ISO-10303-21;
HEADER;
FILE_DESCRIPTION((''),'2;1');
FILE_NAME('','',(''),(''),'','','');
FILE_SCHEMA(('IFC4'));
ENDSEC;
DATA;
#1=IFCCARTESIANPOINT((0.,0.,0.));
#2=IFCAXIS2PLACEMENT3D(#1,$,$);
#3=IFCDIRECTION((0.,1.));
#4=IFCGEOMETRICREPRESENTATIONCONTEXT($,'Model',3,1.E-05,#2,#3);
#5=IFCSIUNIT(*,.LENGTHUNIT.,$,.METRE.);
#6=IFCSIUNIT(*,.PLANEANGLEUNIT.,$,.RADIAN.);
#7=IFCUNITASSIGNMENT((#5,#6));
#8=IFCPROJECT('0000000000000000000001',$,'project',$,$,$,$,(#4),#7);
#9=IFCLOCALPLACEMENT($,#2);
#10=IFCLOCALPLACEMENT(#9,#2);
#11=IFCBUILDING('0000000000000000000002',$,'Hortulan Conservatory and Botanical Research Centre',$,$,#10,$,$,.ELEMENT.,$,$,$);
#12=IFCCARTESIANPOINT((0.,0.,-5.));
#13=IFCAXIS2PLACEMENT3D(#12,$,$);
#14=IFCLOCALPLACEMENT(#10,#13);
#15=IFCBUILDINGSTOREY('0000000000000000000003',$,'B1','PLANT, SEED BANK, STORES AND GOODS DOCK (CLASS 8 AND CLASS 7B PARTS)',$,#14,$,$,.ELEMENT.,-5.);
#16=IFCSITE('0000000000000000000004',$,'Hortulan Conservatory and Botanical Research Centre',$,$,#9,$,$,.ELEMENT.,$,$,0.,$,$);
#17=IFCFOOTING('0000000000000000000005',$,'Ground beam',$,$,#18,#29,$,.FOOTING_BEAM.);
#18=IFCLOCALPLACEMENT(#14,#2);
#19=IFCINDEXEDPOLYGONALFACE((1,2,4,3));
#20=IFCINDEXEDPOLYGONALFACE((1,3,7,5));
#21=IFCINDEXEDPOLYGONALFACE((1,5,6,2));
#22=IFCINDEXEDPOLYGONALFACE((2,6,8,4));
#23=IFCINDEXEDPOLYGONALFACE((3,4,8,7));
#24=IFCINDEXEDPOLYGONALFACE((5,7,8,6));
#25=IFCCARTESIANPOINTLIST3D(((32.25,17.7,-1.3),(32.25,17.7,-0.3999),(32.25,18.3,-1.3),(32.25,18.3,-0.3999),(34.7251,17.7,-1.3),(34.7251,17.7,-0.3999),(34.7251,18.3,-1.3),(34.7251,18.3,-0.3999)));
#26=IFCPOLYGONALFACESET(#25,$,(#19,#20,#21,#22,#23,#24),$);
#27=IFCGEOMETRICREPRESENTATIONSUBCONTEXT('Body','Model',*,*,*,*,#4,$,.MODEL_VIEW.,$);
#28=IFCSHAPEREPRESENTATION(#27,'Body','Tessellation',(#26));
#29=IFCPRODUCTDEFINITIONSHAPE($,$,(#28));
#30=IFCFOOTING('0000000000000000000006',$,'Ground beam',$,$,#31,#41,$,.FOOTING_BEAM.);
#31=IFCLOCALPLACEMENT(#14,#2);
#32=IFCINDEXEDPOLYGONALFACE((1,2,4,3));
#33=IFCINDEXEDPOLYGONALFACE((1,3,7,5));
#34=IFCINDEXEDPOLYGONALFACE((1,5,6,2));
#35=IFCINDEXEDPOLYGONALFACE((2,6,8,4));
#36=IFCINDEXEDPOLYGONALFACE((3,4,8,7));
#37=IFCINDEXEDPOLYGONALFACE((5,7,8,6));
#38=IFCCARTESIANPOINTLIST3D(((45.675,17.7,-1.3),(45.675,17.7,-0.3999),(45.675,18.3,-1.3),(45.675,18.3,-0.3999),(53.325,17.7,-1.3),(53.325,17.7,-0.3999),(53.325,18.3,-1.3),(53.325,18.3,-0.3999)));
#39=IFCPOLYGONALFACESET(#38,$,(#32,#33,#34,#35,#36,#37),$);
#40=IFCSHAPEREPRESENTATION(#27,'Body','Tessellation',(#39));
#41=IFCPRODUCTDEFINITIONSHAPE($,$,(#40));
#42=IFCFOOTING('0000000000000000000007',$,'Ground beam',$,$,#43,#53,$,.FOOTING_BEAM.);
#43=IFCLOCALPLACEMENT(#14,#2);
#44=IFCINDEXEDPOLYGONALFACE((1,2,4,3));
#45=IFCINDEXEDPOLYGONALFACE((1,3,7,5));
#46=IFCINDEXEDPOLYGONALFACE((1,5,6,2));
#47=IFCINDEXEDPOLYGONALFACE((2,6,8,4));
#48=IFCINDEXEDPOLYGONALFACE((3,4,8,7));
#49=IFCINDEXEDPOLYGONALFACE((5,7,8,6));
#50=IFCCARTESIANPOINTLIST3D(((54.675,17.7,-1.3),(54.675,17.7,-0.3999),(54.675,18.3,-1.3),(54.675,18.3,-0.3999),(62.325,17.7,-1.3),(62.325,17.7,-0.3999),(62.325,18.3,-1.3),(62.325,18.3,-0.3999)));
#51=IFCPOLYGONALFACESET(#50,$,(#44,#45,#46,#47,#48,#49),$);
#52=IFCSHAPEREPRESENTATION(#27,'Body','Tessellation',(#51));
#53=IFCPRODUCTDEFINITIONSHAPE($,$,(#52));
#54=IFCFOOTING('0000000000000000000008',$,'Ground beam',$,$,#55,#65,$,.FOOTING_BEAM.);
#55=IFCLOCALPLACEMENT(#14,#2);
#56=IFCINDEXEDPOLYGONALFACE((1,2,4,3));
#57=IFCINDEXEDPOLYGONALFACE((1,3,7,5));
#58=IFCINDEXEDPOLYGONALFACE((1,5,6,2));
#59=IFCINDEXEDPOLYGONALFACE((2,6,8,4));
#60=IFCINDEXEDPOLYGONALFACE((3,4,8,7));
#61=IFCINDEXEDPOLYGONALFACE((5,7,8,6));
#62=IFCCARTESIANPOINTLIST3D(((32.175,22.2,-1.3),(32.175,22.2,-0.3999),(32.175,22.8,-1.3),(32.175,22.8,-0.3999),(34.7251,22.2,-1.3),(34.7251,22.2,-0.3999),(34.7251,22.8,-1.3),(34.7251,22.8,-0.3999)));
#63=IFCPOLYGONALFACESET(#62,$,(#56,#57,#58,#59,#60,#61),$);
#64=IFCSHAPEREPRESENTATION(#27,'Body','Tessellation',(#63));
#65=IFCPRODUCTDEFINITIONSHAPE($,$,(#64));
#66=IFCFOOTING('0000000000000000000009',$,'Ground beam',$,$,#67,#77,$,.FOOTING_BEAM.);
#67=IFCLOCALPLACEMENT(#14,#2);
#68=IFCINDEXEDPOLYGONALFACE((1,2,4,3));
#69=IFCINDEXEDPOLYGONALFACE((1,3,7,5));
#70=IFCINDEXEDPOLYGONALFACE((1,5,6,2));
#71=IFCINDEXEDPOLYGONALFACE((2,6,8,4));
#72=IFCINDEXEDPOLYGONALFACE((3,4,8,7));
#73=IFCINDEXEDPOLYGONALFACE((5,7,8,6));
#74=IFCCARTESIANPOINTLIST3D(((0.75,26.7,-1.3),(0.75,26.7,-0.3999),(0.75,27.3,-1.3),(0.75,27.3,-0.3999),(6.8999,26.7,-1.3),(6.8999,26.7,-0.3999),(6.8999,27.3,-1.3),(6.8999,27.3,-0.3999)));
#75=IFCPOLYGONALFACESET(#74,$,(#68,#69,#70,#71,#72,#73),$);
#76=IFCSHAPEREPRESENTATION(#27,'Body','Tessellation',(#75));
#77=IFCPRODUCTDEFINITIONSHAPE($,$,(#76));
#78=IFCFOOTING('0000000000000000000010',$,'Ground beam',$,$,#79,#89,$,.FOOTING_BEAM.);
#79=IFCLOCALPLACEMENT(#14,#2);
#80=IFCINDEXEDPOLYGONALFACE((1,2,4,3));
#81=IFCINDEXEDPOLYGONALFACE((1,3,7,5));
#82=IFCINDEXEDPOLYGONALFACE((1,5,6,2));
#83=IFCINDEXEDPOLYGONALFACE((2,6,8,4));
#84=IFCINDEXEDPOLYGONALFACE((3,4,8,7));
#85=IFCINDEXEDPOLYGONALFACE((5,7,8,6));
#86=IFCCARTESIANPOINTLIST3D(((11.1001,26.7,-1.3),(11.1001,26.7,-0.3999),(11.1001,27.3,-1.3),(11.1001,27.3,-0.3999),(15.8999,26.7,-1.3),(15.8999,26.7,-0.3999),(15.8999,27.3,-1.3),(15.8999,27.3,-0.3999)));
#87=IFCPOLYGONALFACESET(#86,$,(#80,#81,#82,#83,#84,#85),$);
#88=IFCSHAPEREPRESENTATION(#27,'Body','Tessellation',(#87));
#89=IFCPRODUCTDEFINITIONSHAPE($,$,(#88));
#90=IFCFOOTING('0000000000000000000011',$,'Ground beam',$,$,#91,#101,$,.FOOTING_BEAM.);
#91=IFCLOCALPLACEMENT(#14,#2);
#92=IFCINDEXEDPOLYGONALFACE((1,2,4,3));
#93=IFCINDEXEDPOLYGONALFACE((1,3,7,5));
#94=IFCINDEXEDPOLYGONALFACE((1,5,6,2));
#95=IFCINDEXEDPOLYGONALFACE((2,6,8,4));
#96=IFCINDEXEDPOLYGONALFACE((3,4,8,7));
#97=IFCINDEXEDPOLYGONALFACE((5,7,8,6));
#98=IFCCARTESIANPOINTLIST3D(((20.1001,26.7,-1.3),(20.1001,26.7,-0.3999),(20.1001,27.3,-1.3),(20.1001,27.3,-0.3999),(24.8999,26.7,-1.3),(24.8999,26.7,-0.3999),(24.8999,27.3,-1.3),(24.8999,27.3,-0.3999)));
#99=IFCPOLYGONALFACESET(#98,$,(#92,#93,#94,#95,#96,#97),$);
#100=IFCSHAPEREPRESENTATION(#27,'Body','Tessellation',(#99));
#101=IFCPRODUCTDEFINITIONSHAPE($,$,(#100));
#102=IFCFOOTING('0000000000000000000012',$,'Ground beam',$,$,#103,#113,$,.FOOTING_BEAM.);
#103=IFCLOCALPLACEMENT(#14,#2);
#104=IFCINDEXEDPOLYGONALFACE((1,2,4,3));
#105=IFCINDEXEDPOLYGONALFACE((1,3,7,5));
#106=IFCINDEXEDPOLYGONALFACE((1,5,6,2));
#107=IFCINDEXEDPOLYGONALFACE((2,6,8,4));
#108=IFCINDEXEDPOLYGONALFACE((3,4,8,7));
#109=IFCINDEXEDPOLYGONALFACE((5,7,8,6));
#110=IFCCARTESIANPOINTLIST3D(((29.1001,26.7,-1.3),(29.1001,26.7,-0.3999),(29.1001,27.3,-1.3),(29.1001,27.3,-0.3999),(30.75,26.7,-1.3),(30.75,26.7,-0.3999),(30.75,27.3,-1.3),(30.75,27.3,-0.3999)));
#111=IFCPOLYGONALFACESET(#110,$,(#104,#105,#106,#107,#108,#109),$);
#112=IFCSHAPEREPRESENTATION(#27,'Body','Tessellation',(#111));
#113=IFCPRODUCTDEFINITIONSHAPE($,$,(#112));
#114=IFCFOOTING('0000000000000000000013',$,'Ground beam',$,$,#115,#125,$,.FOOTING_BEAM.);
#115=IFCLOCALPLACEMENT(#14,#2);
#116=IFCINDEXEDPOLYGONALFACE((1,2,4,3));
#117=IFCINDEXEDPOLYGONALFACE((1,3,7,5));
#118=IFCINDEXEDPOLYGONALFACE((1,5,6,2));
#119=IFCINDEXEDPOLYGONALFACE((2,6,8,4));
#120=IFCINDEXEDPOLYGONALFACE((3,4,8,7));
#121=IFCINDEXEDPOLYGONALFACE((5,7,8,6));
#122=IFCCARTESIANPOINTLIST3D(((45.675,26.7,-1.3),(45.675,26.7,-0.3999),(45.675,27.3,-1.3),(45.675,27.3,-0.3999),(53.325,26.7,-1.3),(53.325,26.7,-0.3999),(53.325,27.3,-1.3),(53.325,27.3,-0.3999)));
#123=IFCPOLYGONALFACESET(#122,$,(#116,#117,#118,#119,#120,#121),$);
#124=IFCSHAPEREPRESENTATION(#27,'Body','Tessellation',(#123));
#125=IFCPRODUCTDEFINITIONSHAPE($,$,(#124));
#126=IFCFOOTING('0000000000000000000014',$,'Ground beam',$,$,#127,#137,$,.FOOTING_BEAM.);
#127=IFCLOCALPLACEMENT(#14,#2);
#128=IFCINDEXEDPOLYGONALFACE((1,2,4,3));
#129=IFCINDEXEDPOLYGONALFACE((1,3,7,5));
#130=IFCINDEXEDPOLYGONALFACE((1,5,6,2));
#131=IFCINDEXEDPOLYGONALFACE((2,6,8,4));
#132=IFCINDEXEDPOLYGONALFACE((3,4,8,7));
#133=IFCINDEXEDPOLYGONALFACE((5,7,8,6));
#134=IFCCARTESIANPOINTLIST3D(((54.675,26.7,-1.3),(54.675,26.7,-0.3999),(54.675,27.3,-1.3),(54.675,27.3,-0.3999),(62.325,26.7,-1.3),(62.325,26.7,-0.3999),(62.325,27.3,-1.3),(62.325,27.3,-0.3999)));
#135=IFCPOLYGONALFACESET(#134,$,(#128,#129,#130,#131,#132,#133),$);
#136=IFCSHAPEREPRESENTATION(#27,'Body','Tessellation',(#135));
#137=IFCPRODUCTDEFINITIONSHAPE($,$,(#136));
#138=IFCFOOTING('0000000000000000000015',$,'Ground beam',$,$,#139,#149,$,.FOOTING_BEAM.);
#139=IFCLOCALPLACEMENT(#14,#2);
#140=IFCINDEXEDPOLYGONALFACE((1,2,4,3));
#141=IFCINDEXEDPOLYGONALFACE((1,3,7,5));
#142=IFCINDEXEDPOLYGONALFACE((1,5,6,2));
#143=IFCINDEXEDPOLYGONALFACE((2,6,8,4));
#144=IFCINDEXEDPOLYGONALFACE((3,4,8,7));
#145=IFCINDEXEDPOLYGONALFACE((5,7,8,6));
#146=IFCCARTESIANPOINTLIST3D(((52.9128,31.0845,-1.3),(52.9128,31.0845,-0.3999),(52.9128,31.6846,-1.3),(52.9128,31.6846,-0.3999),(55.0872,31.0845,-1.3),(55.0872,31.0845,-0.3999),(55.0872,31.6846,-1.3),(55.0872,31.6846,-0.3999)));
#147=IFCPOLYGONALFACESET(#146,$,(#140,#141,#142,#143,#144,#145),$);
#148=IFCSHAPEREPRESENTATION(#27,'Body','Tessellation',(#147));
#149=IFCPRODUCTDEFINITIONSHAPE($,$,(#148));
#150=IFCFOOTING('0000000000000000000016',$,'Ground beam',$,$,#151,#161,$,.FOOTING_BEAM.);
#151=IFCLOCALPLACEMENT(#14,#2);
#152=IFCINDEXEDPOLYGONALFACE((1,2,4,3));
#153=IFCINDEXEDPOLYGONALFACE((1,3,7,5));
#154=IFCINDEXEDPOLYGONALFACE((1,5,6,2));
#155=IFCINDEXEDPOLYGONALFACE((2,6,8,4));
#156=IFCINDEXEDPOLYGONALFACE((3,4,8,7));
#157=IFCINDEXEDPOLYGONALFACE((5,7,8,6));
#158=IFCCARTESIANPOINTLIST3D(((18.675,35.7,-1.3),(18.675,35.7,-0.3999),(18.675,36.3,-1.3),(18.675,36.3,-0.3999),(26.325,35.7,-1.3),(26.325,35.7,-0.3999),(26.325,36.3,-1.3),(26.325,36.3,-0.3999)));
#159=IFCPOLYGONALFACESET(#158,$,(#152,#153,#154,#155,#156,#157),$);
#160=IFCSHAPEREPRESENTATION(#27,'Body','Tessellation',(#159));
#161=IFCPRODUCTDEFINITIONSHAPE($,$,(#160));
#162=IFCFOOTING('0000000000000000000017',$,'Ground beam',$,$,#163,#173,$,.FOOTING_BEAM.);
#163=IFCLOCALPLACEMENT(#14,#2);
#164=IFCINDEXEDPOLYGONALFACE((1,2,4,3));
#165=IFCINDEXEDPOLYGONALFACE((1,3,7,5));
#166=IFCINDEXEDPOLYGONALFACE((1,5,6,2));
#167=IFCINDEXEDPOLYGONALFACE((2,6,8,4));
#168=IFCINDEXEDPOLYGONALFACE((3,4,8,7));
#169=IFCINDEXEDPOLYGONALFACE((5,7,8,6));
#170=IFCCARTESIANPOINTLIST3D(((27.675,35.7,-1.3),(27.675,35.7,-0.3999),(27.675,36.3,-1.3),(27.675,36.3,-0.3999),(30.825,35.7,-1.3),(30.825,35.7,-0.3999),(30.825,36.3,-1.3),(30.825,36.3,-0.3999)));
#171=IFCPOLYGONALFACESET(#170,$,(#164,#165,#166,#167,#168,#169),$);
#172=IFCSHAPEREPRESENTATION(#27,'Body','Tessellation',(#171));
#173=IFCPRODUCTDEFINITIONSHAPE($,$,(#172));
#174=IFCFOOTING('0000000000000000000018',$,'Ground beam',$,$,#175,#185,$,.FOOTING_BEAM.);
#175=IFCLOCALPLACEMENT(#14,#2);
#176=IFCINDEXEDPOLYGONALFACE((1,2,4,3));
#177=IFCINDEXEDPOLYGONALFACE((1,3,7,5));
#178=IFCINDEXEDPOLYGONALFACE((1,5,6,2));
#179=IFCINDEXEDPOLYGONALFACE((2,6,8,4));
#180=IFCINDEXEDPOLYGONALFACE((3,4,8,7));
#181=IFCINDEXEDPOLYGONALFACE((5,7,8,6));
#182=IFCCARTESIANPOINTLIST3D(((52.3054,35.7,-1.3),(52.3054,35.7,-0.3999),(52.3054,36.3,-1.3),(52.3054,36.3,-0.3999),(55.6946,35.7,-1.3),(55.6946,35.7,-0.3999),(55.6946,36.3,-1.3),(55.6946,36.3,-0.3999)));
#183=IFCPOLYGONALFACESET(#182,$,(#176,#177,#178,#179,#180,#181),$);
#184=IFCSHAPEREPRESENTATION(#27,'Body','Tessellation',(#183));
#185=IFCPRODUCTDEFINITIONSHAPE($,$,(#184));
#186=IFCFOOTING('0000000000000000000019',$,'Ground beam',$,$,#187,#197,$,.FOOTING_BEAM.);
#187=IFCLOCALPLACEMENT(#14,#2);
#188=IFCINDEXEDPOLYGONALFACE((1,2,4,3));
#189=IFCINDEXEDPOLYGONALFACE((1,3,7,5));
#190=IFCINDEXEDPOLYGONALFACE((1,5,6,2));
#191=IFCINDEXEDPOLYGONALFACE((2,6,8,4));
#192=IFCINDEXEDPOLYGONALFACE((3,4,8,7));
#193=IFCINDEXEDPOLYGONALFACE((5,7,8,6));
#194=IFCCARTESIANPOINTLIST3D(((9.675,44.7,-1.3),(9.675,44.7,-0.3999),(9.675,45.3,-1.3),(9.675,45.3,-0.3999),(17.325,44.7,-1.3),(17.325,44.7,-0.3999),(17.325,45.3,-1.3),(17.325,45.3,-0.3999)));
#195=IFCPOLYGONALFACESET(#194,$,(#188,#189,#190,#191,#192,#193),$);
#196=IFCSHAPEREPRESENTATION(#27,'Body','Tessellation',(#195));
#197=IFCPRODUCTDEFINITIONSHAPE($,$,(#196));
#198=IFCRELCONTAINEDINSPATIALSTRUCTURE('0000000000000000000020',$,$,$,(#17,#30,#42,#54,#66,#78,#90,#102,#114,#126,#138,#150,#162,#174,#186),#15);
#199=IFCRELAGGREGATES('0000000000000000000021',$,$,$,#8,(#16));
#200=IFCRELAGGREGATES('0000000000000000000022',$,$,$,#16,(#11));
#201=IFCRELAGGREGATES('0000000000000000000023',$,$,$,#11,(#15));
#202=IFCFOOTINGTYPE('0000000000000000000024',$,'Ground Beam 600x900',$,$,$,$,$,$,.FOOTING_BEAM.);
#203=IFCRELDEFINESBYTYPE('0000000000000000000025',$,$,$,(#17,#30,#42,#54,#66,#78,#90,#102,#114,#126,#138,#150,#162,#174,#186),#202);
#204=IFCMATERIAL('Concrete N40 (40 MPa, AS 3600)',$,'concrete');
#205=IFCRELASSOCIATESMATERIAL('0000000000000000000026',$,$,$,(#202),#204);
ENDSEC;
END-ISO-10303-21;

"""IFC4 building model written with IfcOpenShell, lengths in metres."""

from ifc_helpers import new_model, si_unit, direction, frame, origin, place, context, subcontext, project, spatial, polyline, outline, extrude, material, type_object, element, save


model = new_model("IFC4")

# Units and contexts
model_context = context("Model", 3, precision=1e-05, world=origin(), true_north=direction((0.0, 1.0)))
body_context = subcontext(model_context, "Body", "Model", "MODEL_VIEW")
ifc_project = project(units=[si_unit("LENGTHUNIT", "METRE"), si_unit("PLANEANGLEUNIT", "RADIAN")], contexts=[model_context])

# Site, building, storey
site_placement = place(None, origin())
site = spatial("IfcSite", under=ifc_project, at=site_placement, Name="Hortulan Conservatory and Botanical Research Centre", CompositionType="ELEMENT", RefElevation=0.0)
building_placement = place(site_placement, origin())
building = spatial("IfcBuilding", under=site, at=building_placement, Name="Hortulan Conservatory and Botanical Research Centre", CompositionType="ELEMENT")
storey_placement = place(building_placement, frame((0.0, 0.0, -5.0)))
storey = spatial("IfcBuildingStorey", under=building, at=storey_placement, Name="B1", Description="PLANT, SEED BANK, STORES AND GOODS DOCK (CLASS 8 AND CLASS 7B PARTS)", CompositionType="ELEMENT", Elevation=-5.0)

# Footings
ifc_material_1 = material(Name="Concrete N40 (40 MPa, AS 3600)", Category="concrete")
footing_type = type_object("IfcFootingType", Name="Ground Beam 600x900", PredefinedType="FOOTING_BEAM", material=ifc_material_1)
footing_1_placement = place(storey_placement, frame((0.0, 0.0, -1.3)))
element("IfcFooting", 1, at=footing_1_placement, inside=storey, type_object=footing_type, Name="Ground beam", PredefinedType="FOOTING_BEAM", context=body_context, shape_type="SweptSolid", body=[
    extrude(outline(polyline([(34.7251, 17.7), (34.7251, 18.3), (32.25, 18.3), (32.25, 17.7), (34.7251, 17.7)])), origin(), (0.0, 0.0, 1.0), 0.9001),
])
footing_2_placement = place(storey_placement, frame((0.0, 0.0, -1.3)))
element("IfcFooting", 2, at=footing_2_placement, inside=storey, type_object=footing_type, Name="Ground beam", PredefinedType="FOOTING_BEAM", context=body_context, shape_type="SweptSolid", body=[
    extrude(outline(polyline([(53.325, 17.7), (53.325, 18.3), (45.675, 18.3), (45.675, 17.7), (53.325, 17.7)])), origin(), (0.0, 0.0, 1.0), 0.9001),
])
footing_3_placement = place(storey_placement, frame((0.0, 0.0, -1.3)))
element("IfcFooting", 3, at=footing_3_placement, inside=storey, type_object=footing_type, Name="Ground beam", PredefinedType="FOOTING_BEAM", context=body_context, shape_type="SweptSolid", body=[
    extrude(outline(polyline([(62.325, 17.7), (62.325, 18.3), (54.675, 18.3), (54.675, 17.7), (62.325, 17.7)])), origin(), (0.0, 0.0, 1.0), 0.9001),
])
footing_4_placement = place(storey_placement, frame((0.0, 0.0, -1.3)))
element("IfcFooting", 4, at=footing_4_placement, inside=storey, type_object=footing_type, Name="Ground beam", PredefinedType="FOOTING_BEAM", context=body_context, shape_type="SweptSolid", body=[
    extrude(outline(polyline([(34.7251, 22.2), (34.7251, 22.8), (32.175, 22.8), (32.175, 22.2), (34.7251, 22.2)])), origin(), (0.0, 0.0, 1.0), 0.9001),
])
footing_5_placement = place(storey_placement, frame((0.0, 0.0, -1.3)))
element("IfcFooting", 5, at=footing_5_placement, inside=storey, type_object=footing_type, Name="Ground beam", PredefinedType="FOOTING_BEAM", context=body_context, shape_type="SweptSolid", body=[
    extrude(outline(polyline([(6.8999, 26.7), (6.8999, 27.3), (0.75, 27.3), (0.75, 26.7), (6.8999, 26.7)])), origin(), (0.0, 0.0, 1.0), 0.9001),
])
footing_6_placement = place(storey_placement, frame((0.0, 0.0, -1.3)))
element("IfcFooting", 6, at=footing_6_placement, inside=storey, type_object=footing_type, Name="Ground beam", PredefinedType="FOOTING_BEAM", context=body_context, shape_type="SweptSolid", body=[
    extrude(outline(polyline([(15.8999, 26.7), (15.8999, 27.3), (11.1001, 27.3), (11.1001, 26.7), (15.8999, 26.7)])), origin(), (0.0, 0.0, 1.0), 0.9001),
])
footing_7_placement = place(storey_placement, frame((0.0, 0.0, -1.3)))
element("IfcFooting", 7, at=footing_7_placement, inside=storey, type_object=footing_type, Name="Ground beam", PredefinedType="FOOTING_BEAM", context=body_context, shape_type="SweptSolid", body=[
    extrude(outline(polyline([(24.8999, 26.7), (24.8999, 27.3), (20.1001, 27.3), (20.1001, 26.7), (24.8999, 26.7)])), origin(), (0.0, 0.0, 1.0), 0.9001),
])
footing_8_placement = place(storey_placement, frame((0.0, 0.0, -1.3)))
element("IfcFooting", 8, at=footing_8_placement, inside=storey, type_object=footing_type, Name="Ground beam", PredefinedType="FOOTING_BEAM", context=body_context, shape_type="SweptSolid", body=[
    extrude(outline(polyline([(30.75, 26.7), (30.75, 27.3), (29.1001, 27.3), (29.1001, 26.7), (30.75, 26.7)])), origin(), (0.0, 0.0, 1.0), 0.9001),
])
footing_9_placement = place(storey_placement, frame((0.0, 0.0, -1.3)))
element("IfcFooting", 9, at=footing_9_placement, inside=storey, type_object=footing_type, Name="Ground beam", PredefinedType="FOOTING_BEAM", context=body_context, shape_type="SweptSolid", body=[
    extrude(outline(polyline([(53.325, 26.7), (53.325, 27.3), (45.675, 27.3), (45.675, 26.7), (53.325, 26.7)])), origin(), (0.0, 0.0, 1.0), 0.9001),
])
footing_10_placement = place(storey_placement, frame((0.0, 0.0, -1.3)))
element("IfcFooting", 10, at=footing_10_placement, inside=storey, type_object=footing_type, Name="Ground beam", PredefinedType="FOOTING_BEAM", context=body_context, shape_type="SweptSolid", body=[
    extrude(outline(polyline([(62.325, 26.7), (62.325, 27.3), (54.675, 27.3), (54.675, 26.7), (62.325, 26.7)])), origin(), (0.0, 0.0, 1.0), 0.9001),
])
footing_11_placement = place(storey_placement, frame((0.0, 0.0, -1.3)))
element("IfcFooting", 11, at=footing_11_placement, inside=storey, type_object=footing_type, Name="Ground beam", PredefinedType="FOOTING_BEAM", context=body_context, shape_type="SweptSolid", body=[
    extrude(outline(polyline([(55.0872, 31.0845), (55.0872, 31.6846), (52.9128, 31.6846), (52.9128, 31.0845), (55.0872, 31.0845)])), origin(), (0.0, 0.0, 1.0), 0.9001),
])
footing_12_placement = place(storey_placement, frame((0.0, 0.0, -1.3)))
element("IfcFooting", 12, at=footing_12_placement, inside=storey, type_object=footing_type, Name="Ground beam", PredefinedType="FOOTING_BEAM", context=body_context, shape_type="SweptSolid", body=[
    extrude(outline(polyline([(26.325, 35.7), (26.325, 36.3), (18.675, 36.3), (18.675, 35.7), (26.325, 35.7)])), origin(), (0.0, 0.0, 1.0), 0.9001),
])
footing_13_placement = place(storey_placement, frame((0.0, 0.0, -1.3)))
element("IfcFooting", 13, at=footing_13_placement, inside=storey, type_object=footing_type, Name="Ground beam", PredefinedType="FOOTING_BEAM", context=body_context, shape_type="SweptSolid", body=[
    extrude(outline(polyline([(30.825, 35.7), (30.825, 36.3), (27.675, 36.3), (27.675, 35.7), (30.825, 35.7)])), origin(), (0.0, 0.0, 1.0), 0.9001),
])
footing_14_placement = place(storey_placement, frame((0.0, 0.0, -1.3)))
element("IfcFooting", 14, at=footing_14_placement, inside=storey, type_object=footing_type, Name="Ground beam", PredefinedType="FOOTING_BEAM", context=body_context, shape_type="SweptSolid", body=[
    extrude(outline(polyline([(55.6946, 35.7), (55.6946, 36.3), (52.3054, 36.3), (52.3054, 35.7), (55.6946, 35.7)])), origin(), (0.0, 0.0, 1.0), 0.9001),
])
footing_15_placement = place(storey_placement, frame((0.0, 0.0, -1.3)))
element("IfcFooting", 15, at=footing_15_placement, inside=storey, type_object=footing_type, Name="Ground beam", PredefinedType="FOOTING_BEAM", context=body_context, shape_type="SweptSolid", body=[
    extrude(outline(polyline([(17.325, 44.7), (17.325, 45.3), (9.675, 45.3), (9.675, 44.7), (17.325, 44.7)])), origin(), (0.0, 0.0, 1.0), 0.9001),
])

save(model, "model.ifc")
